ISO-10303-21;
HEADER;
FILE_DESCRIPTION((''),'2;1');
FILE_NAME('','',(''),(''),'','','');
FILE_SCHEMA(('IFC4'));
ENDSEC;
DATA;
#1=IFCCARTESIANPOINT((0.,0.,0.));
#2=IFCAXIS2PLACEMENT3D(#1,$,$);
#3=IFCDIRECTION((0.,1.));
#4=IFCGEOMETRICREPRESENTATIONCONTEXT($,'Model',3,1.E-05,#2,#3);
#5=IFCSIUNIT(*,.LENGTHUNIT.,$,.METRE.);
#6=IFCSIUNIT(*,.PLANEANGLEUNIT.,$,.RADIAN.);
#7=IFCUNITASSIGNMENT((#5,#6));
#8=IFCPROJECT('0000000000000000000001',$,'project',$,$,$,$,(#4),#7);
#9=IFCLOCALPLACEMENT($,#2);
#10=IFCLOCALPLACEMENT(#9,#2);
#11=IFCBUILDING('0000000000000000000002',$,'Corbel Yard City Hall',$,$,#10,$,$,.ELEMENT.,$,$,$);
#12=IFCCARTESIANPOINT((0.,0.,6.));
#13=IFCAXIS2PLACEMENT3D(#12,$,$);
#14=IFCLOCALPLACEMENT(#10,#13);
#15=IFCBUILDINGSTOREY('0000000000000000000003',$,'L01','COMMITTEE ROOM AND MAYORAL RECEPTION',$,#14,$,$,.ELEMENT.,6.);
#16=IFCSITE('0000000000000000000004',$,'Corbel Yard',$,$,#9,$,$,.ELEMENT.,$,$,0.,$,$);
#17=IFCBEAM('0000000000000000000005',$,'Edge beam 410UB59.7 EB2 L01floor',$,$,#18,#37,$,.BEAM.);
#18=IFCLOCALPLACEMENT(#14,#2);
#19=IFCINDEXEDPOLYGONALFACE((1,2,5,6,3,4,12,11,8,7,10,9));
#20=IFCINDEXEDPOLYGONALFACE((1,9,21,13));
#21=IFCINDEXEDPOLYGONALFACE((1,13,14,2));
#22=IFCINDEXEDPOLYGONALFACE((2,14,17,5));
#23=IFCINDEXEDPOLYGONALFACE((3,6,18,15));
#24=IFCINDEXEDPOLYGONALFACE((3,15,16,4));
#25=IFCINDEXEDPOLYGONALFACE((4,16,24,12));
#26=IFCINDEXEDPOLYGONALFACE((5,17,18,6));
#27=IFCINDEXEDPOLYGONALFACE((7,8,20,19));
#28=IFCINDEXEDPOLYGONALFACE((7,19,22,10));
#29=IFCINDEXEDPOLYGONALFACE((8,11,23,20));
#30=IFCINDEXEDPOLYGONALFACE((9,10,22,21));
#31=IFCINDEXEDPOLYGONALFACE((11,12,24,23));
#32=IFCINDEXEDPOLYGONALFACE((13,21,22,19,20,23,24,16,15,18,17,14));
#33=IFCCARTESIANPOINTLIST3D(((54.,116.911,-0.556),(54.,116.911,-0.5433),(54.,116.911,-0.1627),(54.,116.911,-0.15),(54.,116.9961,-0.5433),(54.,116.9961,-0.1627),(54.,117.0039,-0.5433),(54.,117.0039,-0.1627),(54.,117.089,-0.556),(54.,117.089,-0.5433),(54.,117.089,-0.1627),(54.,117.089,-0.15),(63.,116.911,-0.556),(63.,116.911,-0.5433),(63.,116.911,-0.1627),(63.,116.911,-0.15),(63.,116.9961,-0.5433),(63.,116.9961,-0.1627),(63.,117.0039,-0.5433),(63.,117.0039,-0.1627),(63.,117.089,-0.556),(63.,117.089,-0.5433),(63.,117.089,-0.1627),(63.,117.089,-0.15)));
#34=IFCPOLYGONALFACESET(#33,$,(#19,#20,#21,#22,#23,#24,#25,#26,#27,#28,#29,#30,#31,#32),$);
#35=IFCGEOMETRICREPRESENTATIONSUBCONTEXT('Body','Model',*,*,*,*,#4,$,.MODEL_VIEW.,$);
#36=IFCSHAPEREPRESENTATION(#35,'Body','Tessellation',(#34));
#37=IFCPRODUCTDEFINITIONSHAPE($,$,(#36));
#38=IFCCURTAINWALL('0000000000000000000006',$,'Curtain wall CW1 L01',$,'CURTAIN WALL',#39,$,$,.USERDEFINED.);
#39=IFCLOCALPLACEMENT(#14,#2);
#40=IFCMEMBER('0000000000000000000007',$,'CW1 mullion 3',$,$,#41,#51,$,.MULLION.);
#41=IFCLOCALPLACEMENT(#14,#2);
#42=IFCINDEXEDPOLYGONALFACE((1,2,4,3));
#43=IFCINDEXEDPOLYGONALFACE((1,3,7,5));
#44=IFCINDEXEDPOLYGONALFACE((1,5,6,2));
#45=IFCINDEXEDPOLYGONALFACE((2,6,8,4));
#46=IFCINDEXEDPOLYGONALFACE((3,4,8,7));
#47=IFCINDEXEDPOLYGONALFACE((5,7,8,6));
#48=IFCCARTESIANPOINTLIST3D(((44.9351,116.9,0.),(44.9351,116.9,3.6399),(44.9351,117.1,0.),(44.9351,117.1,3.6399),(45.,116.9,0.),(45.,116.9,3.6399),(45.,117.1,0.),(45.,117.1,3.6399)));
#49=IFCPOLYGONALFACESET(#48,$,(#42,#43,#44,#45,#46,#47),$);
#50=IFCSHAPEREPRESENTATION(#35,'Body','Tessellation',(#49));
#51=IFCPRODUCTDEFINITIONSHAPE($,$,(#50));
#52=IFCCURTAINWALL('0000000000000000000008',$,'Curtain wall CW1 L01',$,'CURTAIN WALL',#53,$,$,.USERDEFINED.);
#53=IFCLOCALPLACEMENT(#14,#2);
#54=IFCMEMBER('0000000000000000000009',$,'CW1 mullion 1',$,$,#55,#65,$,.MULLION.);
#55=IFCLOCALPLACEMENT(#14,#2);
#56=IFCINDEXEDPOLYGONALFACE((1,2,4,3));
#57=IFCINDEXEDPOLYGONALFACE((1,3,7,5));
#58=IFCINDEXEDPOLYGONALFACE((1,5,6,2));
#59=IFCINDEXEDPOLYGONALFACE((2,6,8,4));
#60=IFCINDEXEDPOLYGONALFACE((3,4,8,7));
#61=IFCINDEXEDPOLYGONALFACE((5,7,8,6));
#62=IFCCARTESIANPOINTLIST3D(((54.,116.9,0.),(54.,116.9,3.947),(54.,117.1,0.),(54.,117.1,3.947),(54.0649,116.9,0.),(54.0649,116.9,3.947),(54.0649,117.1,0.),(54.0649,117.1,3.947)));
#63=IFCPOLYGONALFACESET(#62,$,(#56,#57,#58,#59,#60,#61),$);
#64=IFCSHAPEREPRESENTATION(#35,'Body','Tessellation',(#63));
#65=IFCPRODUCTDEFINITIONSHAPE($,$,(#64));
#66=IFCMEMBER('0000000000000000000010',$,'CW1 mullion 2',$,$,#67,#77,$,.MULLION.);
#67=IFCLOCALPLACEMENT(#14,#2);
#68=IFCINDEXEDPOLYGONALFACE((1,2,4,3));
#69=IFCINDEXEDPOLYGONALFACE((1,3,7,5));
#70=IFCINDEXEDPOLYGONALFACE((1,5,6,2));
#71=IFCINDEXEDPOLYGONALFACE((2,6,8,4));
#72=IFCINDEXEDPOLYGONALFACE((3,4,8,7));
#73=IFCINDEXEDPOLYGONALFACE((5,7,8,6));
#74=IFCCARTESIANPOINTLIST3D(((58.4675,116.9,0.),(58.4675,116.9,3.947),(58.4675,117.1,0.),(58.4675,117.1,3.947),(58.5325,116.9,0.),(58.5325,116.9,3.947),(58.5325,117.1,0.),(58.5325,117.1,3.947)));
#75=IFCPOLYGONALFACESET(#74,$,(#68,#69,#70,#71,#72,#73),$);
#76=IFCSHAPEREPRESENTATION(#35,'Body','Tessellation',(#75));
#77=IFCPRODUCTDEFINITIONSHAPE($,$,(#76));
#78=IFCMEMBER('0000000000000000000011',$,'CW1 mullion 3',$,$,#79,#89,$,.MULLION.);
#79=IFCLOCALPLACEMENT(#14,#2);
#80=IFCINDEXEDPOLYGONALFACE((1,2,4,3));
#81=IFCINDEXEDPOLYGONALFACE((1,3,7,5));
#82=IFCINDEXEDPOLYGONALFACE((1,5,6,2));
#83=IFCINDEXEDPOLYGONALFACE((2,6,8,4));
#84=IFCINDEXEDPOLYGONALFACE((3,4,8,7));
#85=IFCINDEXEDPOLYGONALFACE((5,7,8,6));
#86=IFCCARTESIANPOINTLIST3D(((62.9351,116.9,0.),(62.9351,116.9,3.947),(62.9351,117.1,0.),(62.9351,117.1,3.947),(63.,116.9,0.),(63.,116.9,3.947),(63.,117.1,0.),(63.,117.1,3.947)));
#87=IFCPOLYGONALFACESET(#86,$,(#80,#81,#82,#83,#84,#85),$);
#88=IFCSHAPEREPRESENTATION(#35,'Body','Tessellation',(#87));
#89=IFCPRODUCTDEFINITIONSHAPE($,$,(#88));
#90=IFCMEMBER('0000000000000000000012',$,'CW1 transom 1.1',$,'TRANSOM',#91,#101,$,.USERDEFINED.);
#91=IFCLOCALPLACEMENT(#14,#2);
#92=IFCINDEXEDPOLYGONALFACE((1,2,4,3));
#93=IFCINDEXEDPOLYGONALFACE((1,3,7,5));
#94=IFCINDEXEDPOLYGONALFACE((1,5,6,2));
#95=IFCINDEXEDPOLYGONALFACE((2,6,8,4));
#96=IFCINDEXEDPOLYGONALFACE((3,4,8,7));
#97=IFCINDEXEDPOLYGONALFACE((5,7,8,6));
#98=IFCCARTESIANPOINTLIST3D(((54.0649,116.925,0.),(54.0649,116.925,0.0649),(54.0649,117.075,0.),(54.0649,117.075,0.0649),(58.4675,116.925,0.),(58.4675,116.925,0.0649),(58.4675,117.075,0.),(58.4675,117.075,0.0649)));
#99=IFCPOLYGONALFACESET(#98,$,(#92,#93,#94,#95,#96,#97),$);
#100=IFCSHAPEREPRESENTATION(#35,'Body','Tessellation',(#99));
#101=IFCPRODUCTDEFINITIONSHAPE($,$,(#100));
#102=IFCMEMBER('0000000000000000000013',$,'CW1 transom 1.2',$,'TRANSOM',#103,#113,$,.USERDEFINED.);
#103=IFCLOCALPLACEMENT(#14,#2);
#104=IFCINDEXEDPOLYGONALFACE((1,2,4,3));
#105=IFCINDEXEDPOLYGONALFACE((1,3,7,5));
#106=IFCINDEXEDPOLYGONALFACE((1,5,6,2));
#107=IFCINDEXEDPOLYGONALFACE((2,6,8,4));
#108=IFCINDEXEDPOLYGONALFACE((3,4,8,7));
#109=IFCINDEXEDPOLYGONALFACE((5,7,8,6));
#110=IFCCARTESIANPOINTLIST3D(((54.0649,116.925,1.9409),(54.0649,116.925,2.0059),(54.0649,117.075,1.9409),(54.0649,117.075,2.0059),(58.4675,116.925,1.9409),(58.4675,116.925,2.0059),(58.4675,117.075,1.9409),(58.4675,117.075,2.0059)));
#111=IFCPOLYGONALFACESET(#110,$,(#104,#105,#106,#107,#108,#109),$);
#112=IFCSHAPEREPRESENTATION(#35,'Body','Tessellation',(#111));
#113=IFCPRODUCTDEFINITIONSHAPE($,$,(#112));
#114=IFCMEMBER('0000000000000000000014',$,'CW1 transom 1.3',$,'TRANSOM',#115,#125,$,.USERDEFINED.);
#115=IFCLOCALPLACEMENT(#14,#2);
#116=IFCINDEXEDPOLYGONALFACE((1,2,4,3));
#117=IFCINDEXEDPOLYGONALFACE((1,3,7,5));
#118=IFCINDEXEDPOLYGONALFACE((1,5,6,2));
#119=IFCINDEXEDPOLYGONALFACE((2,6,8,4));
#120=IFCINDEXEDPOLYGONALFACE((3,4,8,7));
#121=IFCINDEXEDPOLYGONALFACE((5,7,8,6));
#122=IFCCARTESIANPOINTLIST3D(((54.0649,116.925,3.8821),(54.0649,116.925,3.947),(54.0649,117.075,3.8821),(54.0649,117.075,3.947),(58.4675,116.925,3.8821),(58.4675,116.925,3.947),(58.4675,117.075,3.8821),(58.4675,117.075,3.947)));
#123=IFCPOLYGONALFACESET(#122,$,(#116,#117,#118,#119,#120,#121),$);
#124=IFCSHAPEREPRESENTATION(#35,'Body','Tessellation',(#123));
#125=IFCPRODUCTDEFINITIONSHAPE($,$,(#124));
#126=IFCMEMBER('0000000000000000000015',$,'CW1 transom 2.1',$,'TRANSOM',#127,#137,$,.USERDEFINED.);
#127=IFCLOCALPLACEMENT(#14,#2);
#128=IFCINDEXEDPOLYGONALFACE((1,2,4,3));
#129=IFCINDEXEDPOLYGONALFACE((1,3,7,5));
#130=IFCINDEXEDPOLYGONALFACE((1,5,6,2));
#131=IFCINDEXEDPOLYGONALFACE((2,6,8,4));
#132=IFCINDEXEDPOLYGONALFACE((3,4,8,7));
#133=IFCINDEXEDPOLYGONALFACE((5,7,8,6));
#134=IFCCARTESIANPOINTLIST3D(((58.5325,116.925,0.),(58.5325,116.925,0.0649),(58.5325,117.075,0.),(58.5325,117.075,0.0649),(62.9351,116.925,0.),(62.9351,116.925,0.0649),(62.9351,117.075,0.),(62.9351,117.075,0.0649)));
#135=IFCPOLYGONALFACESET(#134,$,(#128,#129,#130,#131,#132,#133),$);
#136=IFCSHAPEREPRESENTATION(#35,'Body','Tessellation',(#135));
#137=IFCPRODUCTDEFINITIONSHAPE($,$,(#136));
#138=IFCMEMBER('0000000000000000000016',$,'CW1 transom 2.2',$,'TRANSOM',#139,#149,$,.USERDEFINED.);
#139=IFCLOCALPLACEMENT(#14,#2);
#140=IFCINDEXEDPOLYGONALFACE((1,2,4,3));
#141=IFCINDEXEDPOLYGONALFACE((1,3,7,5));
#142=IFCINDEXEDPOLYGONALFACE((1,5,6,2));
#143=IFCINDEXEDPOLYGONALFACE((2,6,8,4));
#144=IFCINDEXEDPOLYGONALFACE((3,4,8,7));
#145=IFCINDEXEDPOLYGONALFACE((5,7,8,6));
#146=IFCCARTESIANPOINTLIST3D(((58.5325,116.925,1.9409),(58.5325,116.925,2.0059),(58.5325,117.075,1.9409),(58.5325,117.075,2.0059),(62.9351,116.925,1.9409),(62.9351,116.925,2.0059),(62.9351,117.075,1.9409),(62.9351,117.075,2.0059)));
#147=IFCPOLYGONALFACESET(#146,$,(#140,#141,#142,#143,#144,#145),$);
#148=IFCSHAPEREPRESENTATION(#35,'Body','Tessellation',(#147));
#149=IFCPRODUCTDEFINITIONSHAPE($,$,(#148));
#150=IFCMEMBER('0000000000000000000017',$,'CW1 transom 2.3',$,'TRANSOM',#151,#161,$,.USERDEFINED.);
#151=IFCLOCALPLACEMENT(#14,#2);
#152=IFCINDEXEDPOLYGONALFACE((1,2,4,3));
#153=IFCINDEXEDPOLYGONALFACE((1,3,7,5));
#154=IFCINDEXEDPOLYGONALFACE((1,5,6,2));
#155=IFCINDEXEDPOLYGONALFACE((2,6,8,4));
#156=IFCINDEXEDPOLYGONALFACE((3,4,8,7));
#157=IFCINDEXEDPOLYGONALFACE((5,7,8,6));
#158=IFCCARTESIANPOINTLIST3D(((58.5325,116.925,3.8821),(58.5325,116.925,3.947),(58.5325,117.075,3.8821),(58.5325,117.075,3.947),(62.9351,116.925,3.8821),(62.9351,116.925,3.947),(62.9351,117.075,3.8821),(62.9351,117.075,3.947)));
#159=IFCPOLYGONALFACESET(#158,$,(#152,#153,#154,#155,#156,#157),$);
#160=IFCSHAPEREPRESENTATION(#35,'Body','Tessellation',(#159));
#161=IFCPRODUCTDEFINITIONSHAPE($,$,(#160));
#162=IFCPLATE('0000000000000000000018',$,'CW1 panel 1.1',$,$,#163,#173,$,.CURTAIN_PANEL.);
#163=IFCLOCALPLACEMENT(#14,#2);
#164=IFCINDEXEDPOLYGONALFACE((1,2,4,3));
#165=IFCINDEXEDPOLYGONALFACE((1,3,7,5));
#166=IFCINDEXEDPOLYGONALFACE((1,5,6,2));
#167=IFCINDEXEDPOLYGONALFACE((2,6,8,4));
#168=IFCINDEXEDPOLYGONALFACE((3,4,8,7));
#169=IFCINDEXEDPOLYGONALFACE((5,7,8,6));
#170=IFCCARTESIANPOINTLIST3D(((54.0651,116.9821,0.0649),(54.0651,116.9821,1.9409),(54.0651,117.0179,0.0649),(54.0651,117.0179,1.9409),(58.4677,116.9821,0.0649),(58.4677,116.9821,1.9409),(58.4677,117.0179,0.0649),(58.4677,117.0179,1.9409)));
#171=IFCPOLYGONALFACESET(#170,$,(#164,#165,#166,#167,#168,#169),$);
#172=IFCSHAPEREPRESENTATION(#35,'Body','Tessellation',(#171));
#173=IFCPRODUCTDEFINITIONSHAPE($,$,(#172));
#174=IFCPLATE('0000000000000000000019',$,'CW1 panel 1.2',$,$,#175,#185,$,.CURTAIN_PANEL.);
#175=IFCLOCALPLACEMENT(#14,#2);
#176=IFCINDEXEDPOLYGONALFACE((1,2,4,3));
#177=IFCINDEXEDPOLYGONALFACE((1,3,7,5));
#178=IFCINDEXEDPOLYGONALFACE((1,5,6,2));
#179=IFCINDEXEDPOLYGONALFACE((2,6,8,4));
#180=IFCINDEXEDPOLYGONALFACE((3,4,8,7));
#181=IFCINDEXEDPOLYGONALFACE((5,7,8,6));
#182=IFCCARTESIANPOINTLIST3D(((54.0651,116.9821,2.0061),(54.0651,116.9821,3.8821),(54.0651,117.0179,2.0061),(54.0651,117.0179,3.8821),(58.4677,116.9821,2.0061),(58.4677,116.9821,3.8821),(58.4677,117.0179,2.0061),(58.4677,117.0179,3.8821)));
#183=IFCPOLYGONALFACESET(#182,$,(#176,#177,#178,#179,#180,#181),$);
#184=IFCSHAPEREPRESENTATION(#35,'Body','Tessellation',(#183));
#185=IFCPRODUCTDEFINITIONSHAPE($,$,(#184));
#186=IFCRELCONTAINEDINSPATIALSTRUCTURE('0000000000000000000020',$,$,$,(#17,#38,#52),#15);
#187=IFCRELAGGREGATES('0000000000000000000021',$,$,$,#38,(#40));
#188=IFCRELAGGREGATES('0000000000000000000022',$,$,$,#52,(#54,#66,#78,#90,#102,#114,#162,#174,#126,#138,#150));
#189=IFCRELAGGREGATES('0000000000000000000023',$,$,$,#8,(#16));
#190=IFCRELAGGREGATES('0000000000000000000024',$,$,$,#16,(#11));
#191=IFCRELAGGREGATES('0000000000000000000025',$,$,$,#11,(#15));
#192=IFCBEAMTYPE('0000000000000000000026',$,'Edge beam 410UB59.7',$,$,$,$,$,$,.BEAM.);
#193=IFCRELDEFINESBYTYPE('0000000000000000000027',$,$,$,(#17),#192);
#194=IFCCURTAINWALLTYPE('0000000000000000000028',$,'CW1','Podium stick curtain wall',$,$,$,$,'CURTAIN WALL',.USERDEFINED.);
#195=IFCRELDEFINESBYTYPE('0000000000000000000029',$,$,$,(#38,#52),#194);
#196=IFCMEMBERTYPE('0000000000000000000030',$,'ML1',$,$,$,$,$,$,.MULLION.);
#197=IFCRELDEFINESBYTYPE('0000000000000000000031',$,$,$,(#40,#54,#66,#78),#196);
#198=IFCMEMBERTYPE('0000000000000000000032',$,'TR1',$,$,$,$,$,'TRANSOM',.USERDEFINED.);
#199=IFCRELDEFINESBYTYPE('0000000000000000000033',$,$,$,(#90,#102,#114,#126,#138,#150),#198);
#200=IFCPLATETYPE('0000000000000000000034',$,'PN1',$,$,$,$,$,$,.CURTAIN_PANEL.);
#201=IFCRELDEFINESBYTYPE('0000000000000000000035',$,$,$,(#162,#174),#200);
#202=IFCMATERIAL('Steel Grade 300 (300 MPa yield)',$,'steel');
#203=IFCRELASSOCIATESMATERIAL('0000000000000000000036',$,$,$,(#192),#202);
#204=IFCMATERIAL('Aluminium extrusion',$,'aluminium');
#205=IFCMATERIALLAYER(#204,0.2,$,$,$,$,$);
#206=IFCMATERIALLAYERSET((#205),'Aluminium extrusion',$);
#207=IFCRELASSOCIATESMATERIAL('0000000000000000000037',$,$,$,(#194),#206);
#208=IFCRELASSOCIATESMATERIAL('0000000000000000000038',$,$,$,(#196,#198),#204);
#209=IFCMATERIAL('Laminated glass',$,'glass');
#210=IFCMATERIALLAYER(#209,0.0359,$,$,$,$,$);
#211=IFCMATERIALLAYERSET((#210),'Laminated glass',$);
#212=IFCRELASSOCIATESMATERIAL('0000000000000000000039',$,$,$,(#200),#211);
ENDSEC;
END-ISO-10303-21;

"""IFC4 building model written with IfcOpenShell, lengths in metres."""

from ifc_helpers import new_model, si_unit, direction, frame, origin, origin_2d, place, context, subcontext, project, spatial, rectangle, i_section, extrude, material, layer, layer_set, material_profile, profile_set, type_object, element, aggregate, save


model = new_model("IFC4")

# Units and contexts
model_context = context("Model", 3, precision=1e-05, world=origin(), true_north=direction((0.0, 1.0)))
body_context = subcontext(model_context, "Body", "Model", "MODEL_VIEW")
ifc_project = project(units=[si_unit("LENGTHUNIT", "METRE"), si_unit("PLANEANGLEUNIT", "RADIAN")], contexts=[model_context])

# Site, building, storey
site_placement = place(None, origin())
site = spatial("IfcSite", under=ifc_project, at=site_placement, Name="Corbel Yard", CompositionType="ELEMENT", RefElevation=0.0)
building_placement = place(site_placement, origin())
building = spatial("IfcBuilding", under=site, at=building_placement, Name="Corbel Yard City Hall", CompositionType="ELEMENT")
storey_placement = place(building_placement, frame((0.0, 0.0, 6.0)))
storey = spatial("IfcBuildingStorey", under=building, at=storey_placement, Name="L01", Description="COMMITTEE ROOM AND MAYORAL RECEPTION", CompositionType="ELEMENT", Elevation=6.0)

# Beam
ifc_material_1 = material(Name="Steel Grade 300 (300 MPa yield)", Category="steel")
ifc_material_profile_1 = material_profile(ifc_material_1, i_section(OverallWidth=0.178, OverallDepth=0.406, WebThickness=0.0078, FlangeThickness=0.0127, at=origin_2d()), Name="410UB59.7")
ifc_profile_set_1 = profile_set([ifc_material_profile_1], Name="Steel Grade 300 (300 MPa yield)")
beam_type = type_object("IfcBeamType", Name="Edge beam 410UB59.7", PredefinedType="BEAM", material=ifc_profile_set_1)
beam_placement = place(storey_placement, frame((54.0, 117.0, -0.353), z_axis=(1.0, 0.0, 0.0), x_axis=(0.0, 1.0, 0.0)))
element("IfcBeam", 1, at=beam_placement, inside=storey, type_object=beam_type, Name="Edge beam 410UB59.7 EB2 L01floor", PredefinedType="BEAM", context=body_context, shape_type="SweptSolid", body=[
    extrude(i_section(OverallWidth=0.178, OverallDepth=0.406, WebThickness=0.0078, FlangeThickness=0.0127, at=origin_2d()), origin(), (0.0, 0.0, 1.0), 9.0),
])

# Curtain wall, member
ifc_material_2 = material(Name="Aluminium extrusion", Category="aluminium")
ifc_layer_1 = layer(ifc_material_2, 0.2)
ifc_layer_set_1 = layer_set([ifc_layer_1], Name="Aluminium extrusion")
curtain_wall_type = type_object("IfcCurtainWallType", Name="CW1", Description="Podium stick curtain wall", ElementType="CURTAIN WALL", PredefinedType="USERDEFINED", material=ifc_layer_set_1)
curtain_wall_1_placement = place(storey_placement, origin())
curtain_wall_1 = element("IfcCurtainWall", 2, at=curtain_wall_1_placement, inside=storey, type_object=curtain_wall_type, Name="Curtain wall CW1 L01", ObjectType="CURTAIN WALL", PredefinedType="USERDEFINED")
ifc_material_profile_2 = material_profile(ifc_material_2, rectangle(XDim=0.2, YDim=0.0649, at=origin_2d()), Name="200x65")
ifc_profile_set_2 = profile_set([ifc_material_profile_2], Name="Aluminium extrusion")
member_type_1 = type_object("IfcMemberType", Name="ML1", PredefinedType="MULLION", material=ifc_profile_set_2)
member_1_placement = place(storey_placement, frame((44.9675, 117.0, 0.0), z_axis=(0.0, 0.0, 1.0), x_axis=(0.0, 1.0, 0.0)))
member_1 = element("IfcMember", 3, at=member_1_placement, type_object=member_type_1, Name="CW1 mullion 3", PredefinedType="MULLION", context=body_context, shape_type="SweptSolid", body=[
    extrude(rectangle(XDim=0.2, YDim=0.0649, at=origin_2d()), origin(), (0.0, 0.0, 1.0), 3.6399),
])
aggregate(curtain_wall_1, [member_1])

# Curtain wall, members, plates
curtain_wall_2_placement = place(storey_placement, origin())
curtain_wall_2 = element("IfcCurtainWall", 4, at=curtain_wall_2_placement, inside=storey, type_object=curtain_wall_type, Name="Curtain wall CW1 L01", ObjectType="CURTAIN WALL", PredefinedType="USERDEFINED")
member_2_placement = place(storey_placement, frame((54.0325, 117.0, 0.0), z_axis=(0.0, 0.0, 1.0), x_axis=(0.0, 1.0, 0.0)))
member_2 = element("IfcMember", 5, at=member_2_placement, type_object=member_type_1, Name="CW1 mullion 1", PredefinedType="MULLION", context=body_context, shape_type="SweptSolid", body=[
    extrude(rectangle(XDim=0.2, YDim=0.0649, at=origin_2d()), origin(), (0.0, 0.0, 1.0), 3.947),
])
member_3_placement = place(storey_placement, frame((58.5, 117.0, 0.0), z_axis=(0.0, 0.0, 1.0), x_axis=(0.0, 1.0, 0.0)))
member_3 = element("IfcMember", 6, at=member_3_placement, type_object=member_type_1, Name="CW1 mullion 2", PredefinedType="MULLION", context=body_context, shape_type="SweptSolid", body=[
    extrude(rectangle(XDim=0.2, YDim=0.0649, at=origin_2d()), origin(), (0.0, 0.0, 1.0), 3.947),
])
member_4_placement = place(storey_placement, frame((62.9675, 117.0, 0.0), z_axis=(0.0, 0.0, 1.0), x_axis=(0.0, 1.0, 0.0)))
member_4 = element("IfcMember", 7, at=member_4_placement, type_object=member_type_1, Name="CW1 mullion 3", PredefinedType="MULLION", context=body_context, shape_type="SweptSolid", body=[
    extrude(rectangle(XDim=0.2, YDim=0.0649, at=origin_2d()), origin(), (0.0, 0.0, 1.0), 3.947),
])
ifc_material_profile_3 = material_profile(ifc_material_2, rectangle(XDim=0.1499, YDim=0.0649, at=origin_2d()), Name="150x65")
ifc_profile_set_3 = profile_set([ifc_material_profile_3], Name="Aluminium extrusion")
member_type_2 = type_object("IfcMemberType", Name="TR1", ElementType="TRANSOM", PredefinedType="USERDEFINED", material=ifc_profile_set_3)
member_5_placement = place(storey_placement, frame((54.0649, 117.0, 0.0325), z_axis=(1.0, 0.0, 0.0), x_axis=(0.0, 1.0, 0.0)))
member_5 = element("IfcMember", 8, at=member_5_placement, type_object=member_type_2, Name="CW1 transom 1.1", ObjectType="TRANSOM", PredefinedType="USERDEFINED", context=body_context, shape_type="SweptSolid", body=[
    extrude(rectangle(XDim=0.1499, YDim=0.0649, at=origin_2d()), origin(), (0.0, 0.0, 1.0), 4.4026),
])
member_6_placement = place(storey_placement, frame((54.0649, 117.0, 1.9734), z_axis=(1.0, 0.0, 0.0), x_axis=(0.0, 1.0, 0.0)))
member_6 = element("IfcMember", 9, at=member_6_placement, type_object=member_type_2, Name="CW1 transom 1.2", ObjectType="TRANSOM", PredefinedType="USERDEFINED", context=body_context, shape_type="SweptSolid", body=[
    extrude(rectangle(XDim=0.1499, YDim=0.0649, at=origin_2d()), origin(), (0.0, 0.0, 1.0), 4.4026),
])
member_7_placement = place(storey_placement, frame((54.0649, 117.0, 3.9146), z_axis=(1.0, 0.0, 0.0), x_axis=(0.0, 1.0, 0.0)))
member_7 = element("IfcMember", 10, at=member_7_placement, type_object=member_type_2, Name="CW1 transom 1.3", ObjectType="TRANSOM", PredefinedType="USERDEFINED", context=body_context, shape_type="SweptSolid", body=[
    extrude(rectangle(XDim=0.1499, YDim=0.0649, at=origin_2d()), origin(), (0.0, 0.0, 1.0), 4.4026),
])
member_8_placement = place(storey_placement, frame((58.5325, 117.0, 0.0325), z_axis=(1.0, 0.0, 0.0), x_axis=(0.0, 1.0, 0.0)))
member_8 = element("IfcMember", 11, at=member_8_placement, type_object=member_type_2, Name="CW1 transom 2.1", ObjectType="TRANSOM", PredefinedType="USERDEFINED", context=body_context, shape_type="SweptSolid", body=[
    extrude(rectangle(XDim=0.1499, YDim=0.0649, at=origin_2d()), origin(), (0.0, 0.0, 1.0), 4.4026),
])
member_9_placement = place(storey_placement, frame((58.5325, 117.0, 1.9734), z_axis=(1.0, 0.0, 0.0), x_axis=(0.0, 1.0, 0.0)))
member_9 = element("IfcMember", 12, at=member_9_placement, type_object=member_type_2, Name="CW1 transom 2.2", ObjectType="TRANSOM", PredefinedType="USERDEFINED", context=body_context, shape_type="SweptSolid", body=[
    extrude(rectangle(XDim=0.1499, YDim=0.0649, at=origin_2d()), origin(), (0.0, 0.0, 1.0), 4.4026),
])
member_10_placement = place(storey_placement, frame((58.5325, 117.0, 3.9146), z_axis=(1.0, 0.0, 0.0), x_axis=(0.0, 1.0, 0.0)))
member_10 = element("IfcMember", 13, at=member_10_placement, type_object=member_type_2, Name="CW1 transom 2.3", ObjectType="TRANSOM", PredefinedType="USERDEFINED", context=body_context, shape_type="SweptSolid", body=[
    extrude(rectangle(XDim=0.1499, YDim=0.0649, at=origin_2d()), origin(), (0.0, 0.0, 1.0), 4.4026),
])
ifc_material_3 = material(Name="Laminated glass", Category="glass")
ifc_layer_2 = layer(ifc_material_3, 0.0359)
ifc_layer_set_2 = layer_set([ifc_layer_2], Name="Laminated glass")
plate_type = type_object("IfcPlateType", Name="PN1", PredefinedType="CURTAIN_PANEL", material=ifc_layer_set_2)
plate_1_placement = place(storey_placement, frame((56.2664, 117.0, 0.0649), z_axis=(0.0, 0.0, 1.0), x_axis=(1.0, 0.0, 0.0)))
plate_1 = element("IfcPlate", 14, at=plate_1_placement, type_object=plate_type, Name="CW1 panel 1.1", PredefinedType="CURTAIN_PANEL", context=body_context, shape_type="SweptSolid", body=[
    extrude(rectangle(XDim=4.4026, YDim=0.0359, at=origin_2d()), origin(), (0.0, 0.0, 1.0), 1.876),
])
plate_2_placement = place(storey_placement, frame((56.2664, 117.0, 2.0061), z_axis=(0.0, 0.0, 1.0), x_axis=(1.0, 0.0, 0.0)))
plate_2 = element("IfcPlate", 15, at=plate_2_placement, type_object=plate_type, Name="CW1 panel 1.2", PredefinedType="CURTAIN_PANEL", context=body_context, shape_type="SweptSolid", body=[
    extrude(rectangle(XDim=4.4026, YDim=0.0359, at=origin_2d()), origin(), (0.0, 0.0, 1.0), 1.876),
])
aggregate(curtain_wall_2, [member_2, member_3, member_4, member_5, member_6, member_7, plate_1, plate_2, member_8, member_9, member_10])

save(model, "model.ifc")
